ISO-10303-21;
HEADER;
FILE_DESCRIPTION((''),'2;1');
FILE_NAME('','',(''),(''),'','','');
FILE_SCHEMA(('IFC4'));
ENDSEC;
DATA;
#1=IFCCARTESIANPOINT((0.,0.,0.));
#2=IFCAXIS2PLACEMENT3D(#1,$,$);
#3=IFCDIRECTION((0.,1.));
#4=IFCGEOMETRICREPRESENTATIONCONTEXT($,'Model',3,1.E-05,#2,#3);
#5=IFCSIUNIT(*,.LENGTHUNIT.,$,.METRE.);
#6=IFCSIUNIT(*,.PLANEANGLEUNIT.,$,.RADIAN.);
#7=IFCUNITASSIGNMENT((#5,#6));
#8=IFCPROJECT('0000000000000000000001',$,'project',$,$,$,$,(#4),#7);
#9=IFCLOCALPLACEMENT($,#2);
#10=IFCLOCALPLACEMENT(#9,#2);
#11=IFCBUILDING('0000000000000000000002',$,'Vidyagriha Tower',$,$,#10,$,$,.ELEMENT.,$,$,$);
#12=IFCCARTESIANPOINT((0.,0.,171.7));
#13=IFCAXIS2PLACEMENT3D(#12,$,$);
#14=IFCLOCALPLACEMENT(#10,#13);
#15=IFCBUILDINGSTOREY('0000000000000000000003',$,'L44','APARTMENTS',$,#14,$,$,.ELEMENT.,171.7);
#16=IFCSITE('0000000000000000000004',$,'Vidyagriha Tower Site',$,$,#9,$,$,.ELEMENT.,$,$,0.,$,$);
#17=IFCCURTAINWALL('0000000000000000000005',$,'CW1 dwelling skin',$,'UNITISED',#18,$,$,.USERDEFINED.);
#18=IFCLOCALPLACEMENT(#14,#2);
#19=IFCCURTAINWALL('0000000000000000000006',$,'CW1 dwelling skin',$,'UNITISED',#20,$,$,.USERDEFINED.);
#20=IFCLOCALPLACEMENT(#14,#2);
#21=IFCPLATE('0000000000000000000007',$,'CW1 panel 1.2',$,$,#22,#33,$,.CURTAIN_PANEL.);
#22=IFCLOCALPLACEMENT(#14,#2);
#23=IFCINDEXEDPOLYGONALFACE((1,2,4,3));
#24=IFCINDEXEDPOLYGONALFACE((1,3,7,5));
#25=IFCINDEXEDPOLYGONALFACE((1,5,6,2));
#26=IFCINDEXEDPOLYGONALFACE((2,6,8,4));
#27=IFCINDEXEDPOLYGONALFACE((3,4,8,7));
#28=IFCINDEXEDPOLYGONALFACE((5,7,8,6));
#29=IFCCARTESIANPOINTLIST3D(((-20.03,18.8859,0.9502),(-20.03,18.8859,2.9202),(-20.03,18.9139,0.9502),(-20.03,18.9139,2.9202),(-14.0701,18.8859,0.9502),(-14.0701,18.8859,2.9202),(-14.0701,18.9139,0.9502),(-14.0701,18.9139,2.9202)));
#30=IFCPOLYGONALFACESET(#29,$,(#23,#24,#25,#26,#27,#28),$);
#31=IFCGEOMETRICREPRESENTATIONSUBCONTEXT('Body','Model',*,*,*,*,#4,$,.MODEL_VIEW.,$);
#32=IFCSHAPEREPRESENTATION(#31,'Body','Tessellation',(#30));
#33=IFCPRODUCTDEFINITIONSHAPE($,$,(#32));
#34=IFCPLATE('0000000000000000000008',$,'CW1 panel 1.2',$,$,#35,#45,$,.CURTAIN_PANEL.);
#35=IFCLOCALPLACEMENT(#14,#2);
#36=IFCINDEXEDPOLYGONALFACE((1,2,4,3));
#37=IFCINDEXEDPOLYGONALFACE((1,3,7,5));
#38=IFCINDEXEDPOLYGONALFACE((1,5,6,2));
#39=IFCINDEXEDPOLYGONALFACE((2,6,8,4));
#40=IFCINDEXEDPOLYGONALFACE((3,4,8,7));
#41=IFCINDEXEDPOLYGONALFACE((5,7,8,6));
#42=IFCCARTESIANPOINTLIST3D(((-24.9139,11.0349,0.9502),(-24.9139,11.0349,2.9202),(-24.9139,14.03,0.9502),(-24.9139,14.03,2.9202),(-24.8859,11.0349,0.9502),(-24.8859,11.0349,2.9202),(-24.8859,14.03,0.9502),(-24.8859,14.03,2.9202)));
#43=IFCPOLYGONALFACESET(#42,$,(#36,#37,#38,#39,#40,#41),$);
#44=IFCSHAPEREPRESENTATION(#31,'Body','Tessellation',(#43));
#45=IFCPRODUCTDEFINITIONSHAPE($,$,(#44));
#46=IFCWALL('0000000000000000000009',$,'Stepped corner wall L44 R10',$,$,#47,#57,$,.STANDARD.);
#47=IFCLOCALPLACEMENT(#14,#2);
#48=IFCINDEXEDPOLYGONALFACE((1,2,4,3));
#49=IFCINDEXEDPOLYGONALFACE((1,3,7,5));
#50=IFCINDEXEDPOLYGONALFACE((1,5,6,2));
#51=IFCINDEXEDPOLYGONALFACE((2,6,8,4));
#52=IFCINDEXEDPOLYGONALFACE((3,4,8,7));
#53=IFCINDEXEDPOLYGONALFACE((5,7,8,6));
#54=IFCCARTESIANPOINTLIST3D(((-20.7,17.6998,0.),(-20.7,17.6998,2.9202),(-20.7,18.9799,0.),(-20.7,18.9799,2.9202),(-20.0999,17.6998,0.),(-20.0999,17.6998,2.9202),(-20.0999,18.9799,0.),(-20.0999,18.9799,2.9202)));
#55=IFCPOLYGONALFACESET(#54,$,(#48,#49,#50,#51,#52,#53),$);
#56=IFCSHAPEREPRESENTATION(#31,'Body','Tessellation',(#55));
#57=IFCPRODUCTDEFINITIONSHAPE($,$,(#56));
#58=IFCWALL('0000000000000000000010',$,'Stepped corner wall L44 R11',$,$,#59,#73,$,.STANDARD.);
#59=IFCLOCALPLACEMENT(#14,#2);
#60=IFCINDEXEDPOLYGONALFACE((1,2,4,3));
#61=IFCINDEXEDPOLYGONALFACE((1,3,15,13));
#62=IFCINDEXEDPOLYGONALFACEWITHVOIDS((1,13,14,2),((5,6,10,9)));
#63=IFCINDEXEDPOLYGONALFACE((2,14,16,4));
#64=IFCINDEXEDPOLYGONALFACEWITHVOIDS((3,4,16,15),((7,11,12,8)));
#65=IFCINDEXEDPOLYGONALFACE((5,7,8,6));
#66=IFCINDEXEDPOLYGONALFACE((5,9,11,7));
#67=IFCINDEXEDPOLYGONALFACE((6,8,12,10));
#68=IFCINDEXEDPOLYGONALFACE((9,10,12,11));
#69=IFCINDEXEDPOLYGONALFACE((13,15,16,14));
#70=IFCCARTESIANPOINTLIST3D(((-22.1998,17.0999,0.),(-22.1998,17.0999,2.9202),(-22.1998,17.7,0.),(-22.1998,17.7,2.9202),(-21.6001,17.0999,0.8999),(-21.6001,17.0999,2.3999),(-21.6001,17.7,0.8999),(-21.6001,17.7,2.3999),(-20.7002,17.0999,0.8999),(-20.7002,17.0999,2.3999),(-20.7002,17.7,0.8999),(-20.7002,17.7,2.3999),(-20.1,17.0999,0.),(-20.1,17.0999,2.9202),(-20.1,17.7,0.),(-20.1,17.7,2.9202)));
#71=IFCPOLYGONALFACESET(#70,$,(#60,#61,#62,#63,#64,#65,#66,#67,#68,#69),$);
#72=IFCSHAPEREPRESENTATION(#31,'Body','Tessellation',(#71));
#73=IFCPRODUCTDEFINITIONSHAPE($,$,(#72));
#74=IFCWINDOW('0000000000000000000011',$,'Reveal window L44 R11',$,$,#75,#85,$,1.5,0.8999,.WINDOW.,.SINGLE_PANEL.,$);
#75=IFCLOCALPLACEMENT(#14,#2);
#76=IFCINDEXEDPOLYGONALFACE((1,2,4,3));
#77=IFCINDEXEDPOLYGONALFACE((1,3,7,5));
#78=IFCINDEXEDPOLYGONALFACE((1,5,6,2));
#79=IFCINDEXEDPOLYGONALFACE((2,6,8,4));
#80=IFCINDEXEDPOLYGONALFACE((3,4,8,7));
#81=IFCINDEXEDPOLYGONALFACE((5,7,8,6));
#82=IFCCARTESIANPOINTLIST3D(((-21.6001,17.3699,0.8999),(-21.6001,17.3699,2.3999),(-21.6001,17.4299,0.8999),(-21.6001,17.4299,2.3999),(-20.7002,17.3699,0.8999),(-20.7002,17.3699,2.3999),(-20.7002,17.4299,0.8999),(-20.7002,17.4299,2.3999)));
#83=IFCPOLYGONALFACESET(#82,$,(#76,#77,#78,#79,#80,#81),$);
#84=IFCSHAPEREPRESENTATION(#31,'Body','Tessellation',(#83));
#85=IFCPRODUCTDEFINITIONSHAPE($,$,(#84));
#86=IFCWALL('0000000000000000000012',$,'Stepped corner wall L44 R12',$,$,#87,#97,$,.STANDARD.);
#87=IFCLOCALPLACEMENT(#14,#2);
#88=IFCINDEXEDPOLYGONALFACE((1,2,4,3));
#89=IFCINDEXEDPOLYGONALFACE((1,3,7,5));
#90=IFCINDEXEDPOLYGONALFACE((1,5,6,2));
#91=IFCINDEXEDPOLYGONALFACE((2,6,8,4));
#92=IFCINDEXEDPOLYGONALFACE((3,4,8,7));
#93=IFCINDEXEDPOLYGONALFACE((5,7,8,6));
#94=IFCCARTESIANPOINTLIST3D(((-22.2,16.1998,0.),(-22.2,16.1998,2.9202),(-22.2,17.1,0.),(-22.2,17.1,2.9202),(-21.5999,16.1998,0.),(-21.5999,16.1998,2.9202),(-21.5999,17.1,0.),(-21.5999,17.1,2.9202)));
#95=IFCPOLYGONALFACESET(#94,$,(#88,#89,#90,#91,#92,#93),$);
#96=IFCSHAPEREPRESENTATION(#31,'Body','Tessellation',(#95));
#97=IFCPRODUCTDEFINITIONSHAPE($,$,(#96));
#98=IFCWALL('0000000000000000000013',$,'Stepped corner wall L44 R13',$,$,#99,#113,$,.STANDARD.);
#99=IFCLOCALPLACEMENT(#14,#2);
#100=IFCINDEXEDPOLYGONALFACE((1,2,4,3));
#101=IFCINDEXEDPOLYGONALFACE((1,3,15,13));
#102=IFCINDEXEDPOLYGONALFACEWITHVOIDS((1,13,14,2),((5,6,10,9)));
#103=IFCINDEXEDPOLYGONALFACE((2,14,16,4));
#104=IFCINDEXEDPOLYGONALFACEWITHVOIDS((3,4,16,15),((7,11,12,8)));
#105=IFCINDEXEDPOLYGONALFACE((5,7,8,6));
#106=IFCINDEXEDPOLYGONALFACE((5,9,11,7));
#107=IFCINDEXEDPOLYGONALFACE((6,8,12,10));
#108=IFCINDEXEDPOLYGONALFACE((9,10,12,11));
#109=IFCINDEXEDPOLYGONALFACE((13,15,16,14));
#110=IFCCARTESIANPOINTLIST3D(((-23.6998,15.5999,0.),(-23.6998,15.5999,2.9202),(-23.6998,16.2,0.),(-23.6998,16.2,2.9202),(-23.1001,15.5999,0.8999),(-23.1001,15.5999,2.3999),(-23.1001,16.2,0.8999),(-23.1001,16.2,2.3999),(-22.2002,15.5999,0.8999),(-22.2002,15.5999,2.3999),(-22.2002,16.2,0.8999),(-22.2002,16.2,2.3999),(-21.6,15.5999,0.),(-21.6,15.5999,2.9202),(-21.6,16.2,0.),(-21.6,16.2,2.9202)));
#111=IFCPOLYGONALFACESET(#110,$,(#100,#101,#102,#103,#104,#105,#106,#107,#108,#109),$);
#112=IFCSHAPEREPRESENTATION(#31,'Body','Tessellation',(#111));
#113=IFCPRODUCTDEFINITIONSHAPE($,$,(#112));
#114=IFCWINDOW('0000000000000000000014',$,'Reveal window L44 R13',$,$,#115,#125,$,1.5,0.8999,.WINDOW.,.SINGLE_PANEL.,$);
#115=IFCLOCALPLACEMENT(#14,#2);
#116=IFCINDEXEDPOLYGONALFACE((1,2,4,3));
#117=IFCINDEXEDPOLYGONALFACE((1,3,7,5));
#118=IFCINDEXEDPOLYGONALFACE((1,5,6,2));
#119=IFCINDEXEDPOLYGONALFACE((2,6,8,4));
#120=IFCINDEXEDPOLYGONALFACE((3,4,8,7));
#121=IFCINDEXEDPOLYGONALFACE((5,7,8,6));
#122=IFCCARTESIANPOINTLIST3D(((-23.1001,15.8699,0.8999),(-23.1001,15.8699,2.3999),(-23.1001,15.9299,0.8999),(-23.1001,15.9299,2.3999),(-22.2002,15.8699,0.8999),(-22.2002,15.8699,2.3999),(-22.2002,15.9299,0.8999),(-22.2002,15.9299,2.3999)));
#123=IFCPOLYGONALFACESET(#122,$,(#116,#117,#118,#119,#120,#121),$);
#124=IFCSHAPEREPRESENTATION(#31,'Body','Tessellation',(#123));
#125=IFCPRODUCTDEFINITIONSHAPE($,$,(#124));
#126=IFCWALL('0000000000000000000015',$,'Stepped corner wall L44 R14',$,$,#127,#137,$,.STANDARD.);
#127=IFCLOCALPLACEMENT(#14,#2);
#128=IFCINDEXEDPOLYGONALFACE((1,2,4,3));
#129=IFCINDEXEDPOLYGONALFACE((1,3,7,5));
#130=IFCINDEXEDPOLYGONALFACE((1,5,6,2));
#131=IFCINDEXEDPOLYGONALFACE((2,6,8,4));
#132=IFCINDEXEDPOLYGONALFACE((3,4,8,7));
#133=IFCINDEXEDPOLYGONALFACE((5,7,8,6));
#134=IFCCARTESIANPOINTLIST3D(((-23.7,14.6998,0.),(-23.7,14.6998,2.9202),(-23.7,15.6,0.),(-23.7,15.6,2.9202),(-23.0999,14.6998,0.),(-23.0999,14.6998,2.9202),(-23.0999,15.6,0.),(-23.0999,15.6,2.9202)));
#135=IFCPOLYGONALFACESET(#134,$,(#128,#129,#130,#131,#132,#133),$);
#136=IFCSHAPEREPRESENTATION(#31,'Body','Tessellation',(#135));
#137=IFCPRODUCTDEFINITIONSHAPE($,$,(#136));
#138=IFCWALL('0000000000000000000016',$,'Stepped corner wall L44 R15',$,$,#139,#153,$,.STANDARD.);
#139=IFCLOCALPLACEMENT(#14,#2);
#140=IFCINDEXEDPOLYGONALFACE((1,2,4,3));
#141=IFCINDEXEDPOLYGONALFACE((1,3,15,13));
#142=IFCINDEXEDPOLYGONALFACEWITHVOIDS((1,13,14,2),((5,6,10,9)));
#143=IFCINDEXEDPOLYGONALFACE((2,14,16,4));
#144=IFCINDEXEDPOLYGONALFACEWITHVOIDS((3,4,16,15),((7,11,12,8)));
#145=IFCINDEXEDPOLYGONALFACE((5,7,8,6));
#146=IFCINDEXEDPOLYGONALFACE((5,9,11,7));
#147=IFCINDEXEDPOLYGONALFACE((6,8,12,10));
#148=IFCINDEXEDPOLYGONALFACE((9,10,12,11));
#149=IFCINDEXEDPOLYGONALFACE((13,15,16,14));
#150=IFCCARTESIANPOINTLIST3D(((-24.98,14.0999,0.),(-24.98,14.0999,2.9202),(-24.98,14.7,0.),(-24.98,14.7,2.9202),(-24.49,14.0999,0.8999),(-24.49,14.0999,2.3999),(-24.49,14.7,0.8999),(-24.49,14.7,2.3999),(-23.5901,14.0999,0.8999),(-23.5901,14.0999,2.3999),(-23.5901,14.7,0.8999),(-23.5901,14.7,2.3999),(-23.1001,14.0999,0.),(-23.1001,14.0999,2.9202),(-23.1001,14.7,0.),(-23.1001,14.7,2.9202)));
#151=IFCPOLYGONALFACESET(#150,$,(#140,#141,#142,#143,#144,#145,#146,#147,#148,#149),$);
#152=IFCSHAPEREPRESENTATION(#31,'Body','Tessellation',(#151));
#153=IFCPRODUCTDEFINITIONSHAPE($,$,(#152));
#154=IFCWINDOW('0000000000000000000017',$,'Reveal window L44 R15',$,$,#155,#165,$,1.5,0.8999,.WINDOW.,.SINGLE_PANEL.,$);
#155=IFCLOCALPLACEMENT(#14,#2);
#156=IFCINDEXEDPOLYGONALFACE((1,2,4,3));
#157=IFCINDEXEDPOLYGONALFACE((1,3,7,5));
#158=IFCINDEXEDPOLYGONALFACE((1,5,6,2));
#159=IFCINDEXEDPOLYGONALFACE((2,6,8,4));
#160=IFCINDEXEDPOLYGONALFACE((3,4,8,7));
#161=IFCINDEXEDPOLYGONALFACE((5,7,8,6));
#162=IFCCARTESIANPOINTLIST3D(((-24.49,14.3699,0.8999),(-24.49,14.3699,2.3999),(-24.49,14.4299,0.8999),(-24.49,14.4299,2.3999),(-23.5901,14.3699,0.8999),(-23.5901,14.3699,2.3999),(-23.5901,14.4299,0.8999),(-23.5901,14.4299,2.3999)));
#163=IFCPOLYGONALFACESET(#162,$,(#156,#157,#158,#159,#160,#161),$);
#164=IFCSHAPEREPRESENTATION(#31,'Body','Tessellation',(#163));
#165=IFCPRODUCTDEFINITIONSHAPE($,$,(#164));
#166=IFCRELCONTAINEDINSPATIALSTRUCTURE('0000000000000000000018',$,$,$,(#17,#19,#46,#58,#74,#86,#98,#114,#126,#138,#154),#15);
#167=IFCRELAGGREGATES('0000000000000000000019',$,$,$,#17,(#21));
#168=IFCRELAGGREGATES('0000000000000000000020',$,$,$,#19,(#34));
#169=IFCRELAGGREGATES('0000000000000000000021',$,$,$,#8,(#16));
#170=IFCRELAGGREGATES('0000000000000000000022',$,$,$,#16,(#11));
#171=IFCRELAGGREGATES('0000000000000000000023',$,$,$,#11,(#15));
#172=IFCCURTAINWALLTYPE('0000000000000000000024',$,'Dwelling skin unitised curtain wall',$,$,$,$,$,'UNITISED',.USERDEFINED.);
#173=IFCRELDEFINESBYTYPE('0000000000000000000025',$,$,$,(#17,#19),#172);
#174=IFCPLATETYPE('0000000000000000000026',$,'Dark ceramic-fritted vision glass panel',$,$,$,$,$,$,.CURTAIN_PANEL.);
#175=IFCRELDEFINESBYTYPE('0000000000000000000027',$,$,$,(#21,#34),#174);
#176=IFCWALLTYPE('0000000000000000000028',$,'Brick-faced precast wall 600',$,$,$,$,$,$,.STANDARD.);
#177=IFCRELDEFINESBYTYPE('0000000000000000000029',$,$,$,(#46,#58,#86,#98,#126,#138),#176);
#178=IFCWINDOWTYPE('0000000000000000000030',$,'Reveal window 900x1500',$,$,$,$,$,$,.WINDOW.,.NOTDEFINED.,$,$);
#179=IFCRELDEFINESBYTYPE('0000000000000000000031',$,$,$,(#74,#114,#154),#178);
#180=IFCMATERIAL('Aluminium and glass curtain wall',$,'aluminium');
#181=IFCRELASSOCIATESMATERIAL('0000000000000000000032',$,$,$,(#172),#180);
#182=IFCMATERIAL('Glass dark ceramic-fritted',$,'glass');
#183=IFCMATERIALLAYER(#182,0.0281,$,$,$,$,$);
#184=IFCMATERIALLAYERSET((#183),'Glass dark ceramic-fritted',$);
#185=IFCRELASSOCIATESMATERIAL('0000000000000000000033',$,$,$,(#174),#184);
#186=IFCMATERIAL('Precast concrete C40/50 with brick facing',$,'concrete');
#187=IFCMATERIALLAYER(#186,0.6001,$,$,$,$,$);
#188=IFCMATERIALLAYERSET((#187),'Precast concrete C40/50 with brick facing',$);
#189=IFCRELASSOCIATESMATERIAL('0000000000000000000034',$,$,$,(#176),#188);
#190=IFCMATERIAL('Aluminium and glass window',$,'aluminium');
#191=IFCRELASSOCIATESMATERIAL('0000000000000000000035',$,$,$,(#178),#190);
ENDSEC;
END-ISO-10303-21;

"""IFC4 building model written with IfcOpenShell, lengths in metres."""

from ifc_helpers import new_model, si_unit, direction, frame, frame_2d, origin, origin_2d, place, context, subcontext, project, spatial, rectangle, extrude, material, layer, layer_set, type_object, element, fill, aggregate, save


model = new_model("IFC4")

# Units and contexts
model_context = context("Model", 3, precision=1e-05, world=origin(), true_north=direction((0.0, 1.0)))
body_context = subcontext(model_context, "Body", "Model", "MODEL_VIEW")
ifc_project = project(units=[si_unit("LENGTHUNIT", "METRE"), si_unit("PLANEANGLEUNIT", "RADIAN")], contexts=[model_context])

# Site, building, storey
site_placement = place(None, origin())
site = spatial("IfcSite", under=ifc_project, at=site_placement, Name="Vidyagriha Tower Site", CompositionType="ELEMENT", RefElevation=0.0)
building_placement = place(site_placement, origin())
building = spatial("IfcBuilding", under=site, at=building_placement, Name="Vidyagriha Tower", CompositionType="ELEMENT")
storey_placement = place(building_placement, frame((0.0, 0.0, 171.7)))
storey = spatial("IfcBuildingStorey", under=building, at=storey_placement, Name="L44", Description="APARTMENTS", CompositionType="ELEMENT", Elevation=171.7)

# Curtain wall
ifc_material_1 = material(Name="Aluminium and glass curtain wall", Category="aluminium")
curtain_wall_type = type_object("IfcCurtainWallType", Name="Dwelling skin unitised curtain wall", ElementType="UNITISED", PredefinedType="USERDEFINED", material=ifc_material_1)
curtain_wall_1_placement = place(storey_placement, origin())
curtain_wall_1 = element("IfcCurtainWall", 1, at=curtain_wall_1_placement, inside=storey, type_object=curtain_wall_type, Name="CW1 dwelling skin", ObjectType="UNITISED", PredefinedType="USERDEFINED")

# Curtain wall
curtain_wall_2_placement = place(storey_placement, origin())
curtain_wall_2 = element("IfcCurtainWall", 2, at=curtain_wall_2_placement, inside=storey, type_object=curtain_wall_type, Name="CW1 dwelling skin", ObjectType="UNITISED", PredefinedType="USERDEFINED")

# Plates
ifc_material_2 = material(Name="Glass dark ceramic-fritted", Category="glass")
ifc_layer_1 = layer(ifc_material_2, 0.0281)
ifc_layer_set_1 = layer_set([ifc_layer_1], Name="Glass dark ceramic-fritted")
plate_type_1 = type_object("IfcPlateType", Name="Dark ceramic-fritted vision glass panel", PredefinedType="CURTAIN_PANEL", material=ifc_layer_set_1)
plate_1_placement = place(storey_placement, frame((-17.05, 18.8999, 0.9502), z_axis=(0.0, 0.0, 1.0), x_axis=(-1.0, 0.0, 0.0)))
plate_1 = element("IfcPlate", 3, at=plate_1_placement, type_object=plate_type_1, Name="CW1 panel 1.2", PredefinedType="CURTAIN_PANEL", context=body_context, shape_type="SweptSolid", body=[
    extrude(rectangle(XDim=5.96, YDim=0.0281, at=origin_2d()), origin(), (0.0, 0.0, 1.0), 1.97),
])
aggregate(curtain_wall_1, [plate_1])
plate_2_placement = place(storey_placement, frame((-24.8999, 12.5325, 0.9502), z_axis=(0.0, 0.0, 1.0), x_axis=(0.0, -1.0, 0.0)))
plate_2 = element("IfcPlate", 4, at=plate_2_placement, type_object=plate_type_1, Name="CW1 panel 1.2", PredefinedType="CURTAIN_PANEL", context=body_context, shape_type="SweptSolid", body=[
    extrude(rectangle(XDim=2.9951, YDim=0.0281, at=origin_2d()), origin(), (0.0, 0.0, 1.0), 1.97),
])
aggregate(curtain_wall_2, [plate_2])

# Wall
ifc_material_3 = material(Name="Precast concrete C40/50 with brick facing", Category="concrete")
ifc_layer_2 = layer(ifc_material_3, 0.6001)
ifc_layer_set_2 = layer_set([ifc_layer_2], Name="Precast concrete C40/50 with brick facing")
wall_type_1 = type_object("IfcWallType", Name="Brick-faced precast wall 600", PredefinedType="STANDARD", material=ifc_layer_set_2)
wall_1_placement = place(storey_placement, frame((-20.3999, 18.98, 0.0), z_axis=(0.0, 0.0, 1.0), x_axis=(0.0, -1.0, 0.0)))
element("IfcWall", 5, at=wall_1_placement, inside=storey, type_object=wall_type_1, Name="Stepped corner wall L44 R10", PredefinedType="STANDARD", context=body_context, shape_type="SweptSolid", body=[
    extrude(rectangle(XDim=1.28, YDim=0.6001, at=frame_2d((0.6401, 0.0))), origin(), (0.0, 0.0, 1.0), 2.9202),
])

# Wall, opening, window
wall_2_placement = place(storey_placement, frame((-20.1001, 17.3999, 0.0), z_axis=(0.0, 0.0, 1.0), x_axis=(-1.0, 0.0, 0.0)))
wall_2 = element("IfcWall", 6, at=wall_2_placement, inside=storey, type_object=wall_type_1, Name="Stepped corner wall L44 R11", PredefinedType="STANDARD", context=body_context, shape_type="SweptSolid", body=[
    extrude(rectangle(XDim=2.0999, YDim=0.6001, at=frame_2d((1.0498, 0.0))), origin(), (0.0, 0.0, 1.0), 2.9202),
])
opening_1_placement = place(wall_2_placement, frame((0.6001, 0.0, 0.8999)))
opening_1 = element("IfcOpeningElement", 7, at=opening_1_placement, cuts=wall_2, PredefinedType="OPENING", context=body_context, shape_type="SweptSolid", body=[
    extrude(rectangle(XDim=0.8999, YDim=1.5, at=frame_2d((0.45, 0.75))), frame((0.0, 0.3101, 0.0), z_axis=(0.0, -1.0, 0.0), x_axis=(1.0, 0.0, 0.0)), (0.0, 0.0, 1.0), 0.6201),
])
ifc_material_4 = material(Name="Aluminium and glass window", Category="aluminium")
window_type = type_object("IfcWindowType", Name="Reveal window 900x1500", PartitioningType="NOTDEFINED", PredefinedType="WINDOW", material=ifc_material_4)
window_1_placement = place(opening_1_placement, origin())
window_1 = element("IfcWindow", 8, at=window_1_placement, inside=storey, type_object=window_type, Name="Reveal window L44 R11", OverallHeight=1.5, OverallWidth=0.8999, PartitioningType="SINGLE_PANEL", PredefinedType="WINDOW", context=body_context, shape_type="SweptSolid", body=[
    extrude(rectangle(XDim=0.8999, YDim=1.5, at=frame_2d((0.45, 0.75))), frame((0.0, 0.03, 0.0), z_axis=(0.0, -1.0, 0.0), x_axis=(1.0, 0.0, 0.0)), (0.0, 0.0, 1.0), 0.0601),
])
fill(opening_1, window_1)

# Wall
wall_3_placement = place(storey_placement, frame((-21.8999, 17.1001, 0.0), z_axis=(0.0, 0.0, 1.0), x_axis=(0.0, -1.0, 0.0)))
element("IfcWall", 9, at=wall_3_placement, inside=storey, type_object=wall_type_1, Name="Stepped corner wall L44 R12", PredefinedType="STANDARD", context=body_context, shape_type="SweptSolid", body=[
    extrude(rectangle(XDim=0.9001, YDim=0.6001, at=frame_2d((0.4502, 0.0))), origin(), (0.0, 0.0, 1.0), 2.9202),
])

# Wall, opening, window
wall_4_placement = place(storey_placement, frame((-21.6001, 15.8999, 0.0), z_axis=(0.0, 0.0, 1.0), x_axis=(-1.0, 0.0, 0.0)))
wall_4 = element("IfcWall", 10, at=wall_4_placement, inside=storey, type_object=wall_type_1, Name="Stepped corner wall L44 R13", PredefinedType="STANDARD", context=body_context, shape_type="SweptSolid", body=[
    extrude(rectangle(XDim=2.0999, YDim=0.6001, at=frame_2d((1.0498, 0.0))), origin(), (0.0, 0.0, 1.0), 2.9202),
])
opening_2_placement = place(wall_4_placement, frame((0.6001, 0.0, 0.8999)))
opening_2 = element("IfcOpeningElement", 11, at=opening_2_placement, cuts=wall_4, PredefinedType="OPENING", context=body_context, shape_type="SweptSolid", body=[
    extrude(rectangle(XDim=0.8999, YDim=1.5, at=frame_2d((0.45, 0.75))), frame((0.0, 0.3101, 0.0), z_axis=(0.0, -1.0, 0.0), x_axis=(1.0, 0.0, 0.0)), (0.0, 0.0, 1.0), 0.6201),
])
window_2_placement = place(opening_2_placement, origin())
window_2 = element("IfcWindow", 12, at=window_2_placement, inside=storey, type_object=window_type, Name="Reveal window L44 R13", OverallHeight=1.5, OverallWidth=0.8999, PartitioningType="SINGLE_PANEL", PredefinedType="WINDOW", context=body_context, shape_type="SweptSolid", body=[
    extrude(rectangle(XDim=0.8999, YDim=1.5, at=frame_2d((0.45, 0.75))), frame((0.0, 0.03, 0.0), z_axis=(0.0, -1.0, 0.0), x_axis=(1.0, 0.0, 0.0)), (0.0, 0.0, 1.0), 0.0601),
])
fill(opening_2, window_2)

# Wall
wall_5_placement = place(storey_placement, frame((-23.3999, 15.6001, 0.0), z_axis=(0.0, 0.0, 1.0), x_axis=(0.0, -1.0, 0.0)))
element("IfcWall", 13, at=wall_5_placement, inside=storey, type_object=wall_type_1, Name="Stepped corner wall L44 R14", PredefinedType="STANDARD", context=body_context, shape_type="SweptSolid", body=[
    extrude(rectangle(XDim=0.9001, YDim=0.6001, at=frame_2d((0.4502, 0.0))), origin(), (0.0, 0.0, 1.0), 2.9202),
])

# Wall, opening, window
wall_6_placement = place(storey_placement, frame((-23.1001, 14.3999, 0.0), z_axis=(0.0, 0.0, 1.0), x_axis=(-1.0, 0.0, 0.0)))
wall_6 = element("IfcWall", 14, at=wall_6_placement, inside=storey, type_object=wall_type_1, Name="Stepped corner wall L44 R15", PredefinedType="STANDARD", context=body_context, shape_type="SweptSolid", body=[
    extrude(rectangle(XDim=1.8799, YDim=0.6001, at=frame_2d((0.9399, 0.0))), origin(), (0.0, 0.0, 1.0), 2.9202),
])
opening_3_placement = place(wall_6_placement, frame((0.49, 0.0, 0.8999)))
opening_3 = element("IfcOpeningElement", 15, at=opening_3_placement, cuts=wall_6, PredefinedType="OPENING", context=body_context, shape_type="SweptSolid", body=[
    extrude(rectangle(XDim=0.8999, YDim=1.5, at=frame_2d((0.45, 0.75))), frame((0.0, 0.3101, 0.0), z_axis=(0.0, -1.0, 0.0), x_axis=(1.0, 0.0, 0.0)), (0.0, 0.0, 1.0), 0.6201),
])
window_3_placement = place(opening_3_placement, origin())
window_3 = element("IfcWindow", 16, at=window_3_placement, inside=storey, type_object=window_type, Name="Reveal window L44 R15", OverallHeight=1.5, OverallWidth=0.8999, PartitioningType="SINGLE_PANEL", PredefinedType="WINDOW", context=body_context, shape_type="SweptSolid", body=[
    extrude(rectangle(XDim=0.8999, YDim=1.5, at=frame_2d((0.45, 0.75))), frame((0.0, 0.03, 0.0), z_axis=(0.0, -1.0, 0.0), x_axis=(1.0, 0.0, 0.0)), (0.0, 0.0, 1.0), 0.0601),
])
fill(opening_3, window_3)

save(model, "model.ifc")
